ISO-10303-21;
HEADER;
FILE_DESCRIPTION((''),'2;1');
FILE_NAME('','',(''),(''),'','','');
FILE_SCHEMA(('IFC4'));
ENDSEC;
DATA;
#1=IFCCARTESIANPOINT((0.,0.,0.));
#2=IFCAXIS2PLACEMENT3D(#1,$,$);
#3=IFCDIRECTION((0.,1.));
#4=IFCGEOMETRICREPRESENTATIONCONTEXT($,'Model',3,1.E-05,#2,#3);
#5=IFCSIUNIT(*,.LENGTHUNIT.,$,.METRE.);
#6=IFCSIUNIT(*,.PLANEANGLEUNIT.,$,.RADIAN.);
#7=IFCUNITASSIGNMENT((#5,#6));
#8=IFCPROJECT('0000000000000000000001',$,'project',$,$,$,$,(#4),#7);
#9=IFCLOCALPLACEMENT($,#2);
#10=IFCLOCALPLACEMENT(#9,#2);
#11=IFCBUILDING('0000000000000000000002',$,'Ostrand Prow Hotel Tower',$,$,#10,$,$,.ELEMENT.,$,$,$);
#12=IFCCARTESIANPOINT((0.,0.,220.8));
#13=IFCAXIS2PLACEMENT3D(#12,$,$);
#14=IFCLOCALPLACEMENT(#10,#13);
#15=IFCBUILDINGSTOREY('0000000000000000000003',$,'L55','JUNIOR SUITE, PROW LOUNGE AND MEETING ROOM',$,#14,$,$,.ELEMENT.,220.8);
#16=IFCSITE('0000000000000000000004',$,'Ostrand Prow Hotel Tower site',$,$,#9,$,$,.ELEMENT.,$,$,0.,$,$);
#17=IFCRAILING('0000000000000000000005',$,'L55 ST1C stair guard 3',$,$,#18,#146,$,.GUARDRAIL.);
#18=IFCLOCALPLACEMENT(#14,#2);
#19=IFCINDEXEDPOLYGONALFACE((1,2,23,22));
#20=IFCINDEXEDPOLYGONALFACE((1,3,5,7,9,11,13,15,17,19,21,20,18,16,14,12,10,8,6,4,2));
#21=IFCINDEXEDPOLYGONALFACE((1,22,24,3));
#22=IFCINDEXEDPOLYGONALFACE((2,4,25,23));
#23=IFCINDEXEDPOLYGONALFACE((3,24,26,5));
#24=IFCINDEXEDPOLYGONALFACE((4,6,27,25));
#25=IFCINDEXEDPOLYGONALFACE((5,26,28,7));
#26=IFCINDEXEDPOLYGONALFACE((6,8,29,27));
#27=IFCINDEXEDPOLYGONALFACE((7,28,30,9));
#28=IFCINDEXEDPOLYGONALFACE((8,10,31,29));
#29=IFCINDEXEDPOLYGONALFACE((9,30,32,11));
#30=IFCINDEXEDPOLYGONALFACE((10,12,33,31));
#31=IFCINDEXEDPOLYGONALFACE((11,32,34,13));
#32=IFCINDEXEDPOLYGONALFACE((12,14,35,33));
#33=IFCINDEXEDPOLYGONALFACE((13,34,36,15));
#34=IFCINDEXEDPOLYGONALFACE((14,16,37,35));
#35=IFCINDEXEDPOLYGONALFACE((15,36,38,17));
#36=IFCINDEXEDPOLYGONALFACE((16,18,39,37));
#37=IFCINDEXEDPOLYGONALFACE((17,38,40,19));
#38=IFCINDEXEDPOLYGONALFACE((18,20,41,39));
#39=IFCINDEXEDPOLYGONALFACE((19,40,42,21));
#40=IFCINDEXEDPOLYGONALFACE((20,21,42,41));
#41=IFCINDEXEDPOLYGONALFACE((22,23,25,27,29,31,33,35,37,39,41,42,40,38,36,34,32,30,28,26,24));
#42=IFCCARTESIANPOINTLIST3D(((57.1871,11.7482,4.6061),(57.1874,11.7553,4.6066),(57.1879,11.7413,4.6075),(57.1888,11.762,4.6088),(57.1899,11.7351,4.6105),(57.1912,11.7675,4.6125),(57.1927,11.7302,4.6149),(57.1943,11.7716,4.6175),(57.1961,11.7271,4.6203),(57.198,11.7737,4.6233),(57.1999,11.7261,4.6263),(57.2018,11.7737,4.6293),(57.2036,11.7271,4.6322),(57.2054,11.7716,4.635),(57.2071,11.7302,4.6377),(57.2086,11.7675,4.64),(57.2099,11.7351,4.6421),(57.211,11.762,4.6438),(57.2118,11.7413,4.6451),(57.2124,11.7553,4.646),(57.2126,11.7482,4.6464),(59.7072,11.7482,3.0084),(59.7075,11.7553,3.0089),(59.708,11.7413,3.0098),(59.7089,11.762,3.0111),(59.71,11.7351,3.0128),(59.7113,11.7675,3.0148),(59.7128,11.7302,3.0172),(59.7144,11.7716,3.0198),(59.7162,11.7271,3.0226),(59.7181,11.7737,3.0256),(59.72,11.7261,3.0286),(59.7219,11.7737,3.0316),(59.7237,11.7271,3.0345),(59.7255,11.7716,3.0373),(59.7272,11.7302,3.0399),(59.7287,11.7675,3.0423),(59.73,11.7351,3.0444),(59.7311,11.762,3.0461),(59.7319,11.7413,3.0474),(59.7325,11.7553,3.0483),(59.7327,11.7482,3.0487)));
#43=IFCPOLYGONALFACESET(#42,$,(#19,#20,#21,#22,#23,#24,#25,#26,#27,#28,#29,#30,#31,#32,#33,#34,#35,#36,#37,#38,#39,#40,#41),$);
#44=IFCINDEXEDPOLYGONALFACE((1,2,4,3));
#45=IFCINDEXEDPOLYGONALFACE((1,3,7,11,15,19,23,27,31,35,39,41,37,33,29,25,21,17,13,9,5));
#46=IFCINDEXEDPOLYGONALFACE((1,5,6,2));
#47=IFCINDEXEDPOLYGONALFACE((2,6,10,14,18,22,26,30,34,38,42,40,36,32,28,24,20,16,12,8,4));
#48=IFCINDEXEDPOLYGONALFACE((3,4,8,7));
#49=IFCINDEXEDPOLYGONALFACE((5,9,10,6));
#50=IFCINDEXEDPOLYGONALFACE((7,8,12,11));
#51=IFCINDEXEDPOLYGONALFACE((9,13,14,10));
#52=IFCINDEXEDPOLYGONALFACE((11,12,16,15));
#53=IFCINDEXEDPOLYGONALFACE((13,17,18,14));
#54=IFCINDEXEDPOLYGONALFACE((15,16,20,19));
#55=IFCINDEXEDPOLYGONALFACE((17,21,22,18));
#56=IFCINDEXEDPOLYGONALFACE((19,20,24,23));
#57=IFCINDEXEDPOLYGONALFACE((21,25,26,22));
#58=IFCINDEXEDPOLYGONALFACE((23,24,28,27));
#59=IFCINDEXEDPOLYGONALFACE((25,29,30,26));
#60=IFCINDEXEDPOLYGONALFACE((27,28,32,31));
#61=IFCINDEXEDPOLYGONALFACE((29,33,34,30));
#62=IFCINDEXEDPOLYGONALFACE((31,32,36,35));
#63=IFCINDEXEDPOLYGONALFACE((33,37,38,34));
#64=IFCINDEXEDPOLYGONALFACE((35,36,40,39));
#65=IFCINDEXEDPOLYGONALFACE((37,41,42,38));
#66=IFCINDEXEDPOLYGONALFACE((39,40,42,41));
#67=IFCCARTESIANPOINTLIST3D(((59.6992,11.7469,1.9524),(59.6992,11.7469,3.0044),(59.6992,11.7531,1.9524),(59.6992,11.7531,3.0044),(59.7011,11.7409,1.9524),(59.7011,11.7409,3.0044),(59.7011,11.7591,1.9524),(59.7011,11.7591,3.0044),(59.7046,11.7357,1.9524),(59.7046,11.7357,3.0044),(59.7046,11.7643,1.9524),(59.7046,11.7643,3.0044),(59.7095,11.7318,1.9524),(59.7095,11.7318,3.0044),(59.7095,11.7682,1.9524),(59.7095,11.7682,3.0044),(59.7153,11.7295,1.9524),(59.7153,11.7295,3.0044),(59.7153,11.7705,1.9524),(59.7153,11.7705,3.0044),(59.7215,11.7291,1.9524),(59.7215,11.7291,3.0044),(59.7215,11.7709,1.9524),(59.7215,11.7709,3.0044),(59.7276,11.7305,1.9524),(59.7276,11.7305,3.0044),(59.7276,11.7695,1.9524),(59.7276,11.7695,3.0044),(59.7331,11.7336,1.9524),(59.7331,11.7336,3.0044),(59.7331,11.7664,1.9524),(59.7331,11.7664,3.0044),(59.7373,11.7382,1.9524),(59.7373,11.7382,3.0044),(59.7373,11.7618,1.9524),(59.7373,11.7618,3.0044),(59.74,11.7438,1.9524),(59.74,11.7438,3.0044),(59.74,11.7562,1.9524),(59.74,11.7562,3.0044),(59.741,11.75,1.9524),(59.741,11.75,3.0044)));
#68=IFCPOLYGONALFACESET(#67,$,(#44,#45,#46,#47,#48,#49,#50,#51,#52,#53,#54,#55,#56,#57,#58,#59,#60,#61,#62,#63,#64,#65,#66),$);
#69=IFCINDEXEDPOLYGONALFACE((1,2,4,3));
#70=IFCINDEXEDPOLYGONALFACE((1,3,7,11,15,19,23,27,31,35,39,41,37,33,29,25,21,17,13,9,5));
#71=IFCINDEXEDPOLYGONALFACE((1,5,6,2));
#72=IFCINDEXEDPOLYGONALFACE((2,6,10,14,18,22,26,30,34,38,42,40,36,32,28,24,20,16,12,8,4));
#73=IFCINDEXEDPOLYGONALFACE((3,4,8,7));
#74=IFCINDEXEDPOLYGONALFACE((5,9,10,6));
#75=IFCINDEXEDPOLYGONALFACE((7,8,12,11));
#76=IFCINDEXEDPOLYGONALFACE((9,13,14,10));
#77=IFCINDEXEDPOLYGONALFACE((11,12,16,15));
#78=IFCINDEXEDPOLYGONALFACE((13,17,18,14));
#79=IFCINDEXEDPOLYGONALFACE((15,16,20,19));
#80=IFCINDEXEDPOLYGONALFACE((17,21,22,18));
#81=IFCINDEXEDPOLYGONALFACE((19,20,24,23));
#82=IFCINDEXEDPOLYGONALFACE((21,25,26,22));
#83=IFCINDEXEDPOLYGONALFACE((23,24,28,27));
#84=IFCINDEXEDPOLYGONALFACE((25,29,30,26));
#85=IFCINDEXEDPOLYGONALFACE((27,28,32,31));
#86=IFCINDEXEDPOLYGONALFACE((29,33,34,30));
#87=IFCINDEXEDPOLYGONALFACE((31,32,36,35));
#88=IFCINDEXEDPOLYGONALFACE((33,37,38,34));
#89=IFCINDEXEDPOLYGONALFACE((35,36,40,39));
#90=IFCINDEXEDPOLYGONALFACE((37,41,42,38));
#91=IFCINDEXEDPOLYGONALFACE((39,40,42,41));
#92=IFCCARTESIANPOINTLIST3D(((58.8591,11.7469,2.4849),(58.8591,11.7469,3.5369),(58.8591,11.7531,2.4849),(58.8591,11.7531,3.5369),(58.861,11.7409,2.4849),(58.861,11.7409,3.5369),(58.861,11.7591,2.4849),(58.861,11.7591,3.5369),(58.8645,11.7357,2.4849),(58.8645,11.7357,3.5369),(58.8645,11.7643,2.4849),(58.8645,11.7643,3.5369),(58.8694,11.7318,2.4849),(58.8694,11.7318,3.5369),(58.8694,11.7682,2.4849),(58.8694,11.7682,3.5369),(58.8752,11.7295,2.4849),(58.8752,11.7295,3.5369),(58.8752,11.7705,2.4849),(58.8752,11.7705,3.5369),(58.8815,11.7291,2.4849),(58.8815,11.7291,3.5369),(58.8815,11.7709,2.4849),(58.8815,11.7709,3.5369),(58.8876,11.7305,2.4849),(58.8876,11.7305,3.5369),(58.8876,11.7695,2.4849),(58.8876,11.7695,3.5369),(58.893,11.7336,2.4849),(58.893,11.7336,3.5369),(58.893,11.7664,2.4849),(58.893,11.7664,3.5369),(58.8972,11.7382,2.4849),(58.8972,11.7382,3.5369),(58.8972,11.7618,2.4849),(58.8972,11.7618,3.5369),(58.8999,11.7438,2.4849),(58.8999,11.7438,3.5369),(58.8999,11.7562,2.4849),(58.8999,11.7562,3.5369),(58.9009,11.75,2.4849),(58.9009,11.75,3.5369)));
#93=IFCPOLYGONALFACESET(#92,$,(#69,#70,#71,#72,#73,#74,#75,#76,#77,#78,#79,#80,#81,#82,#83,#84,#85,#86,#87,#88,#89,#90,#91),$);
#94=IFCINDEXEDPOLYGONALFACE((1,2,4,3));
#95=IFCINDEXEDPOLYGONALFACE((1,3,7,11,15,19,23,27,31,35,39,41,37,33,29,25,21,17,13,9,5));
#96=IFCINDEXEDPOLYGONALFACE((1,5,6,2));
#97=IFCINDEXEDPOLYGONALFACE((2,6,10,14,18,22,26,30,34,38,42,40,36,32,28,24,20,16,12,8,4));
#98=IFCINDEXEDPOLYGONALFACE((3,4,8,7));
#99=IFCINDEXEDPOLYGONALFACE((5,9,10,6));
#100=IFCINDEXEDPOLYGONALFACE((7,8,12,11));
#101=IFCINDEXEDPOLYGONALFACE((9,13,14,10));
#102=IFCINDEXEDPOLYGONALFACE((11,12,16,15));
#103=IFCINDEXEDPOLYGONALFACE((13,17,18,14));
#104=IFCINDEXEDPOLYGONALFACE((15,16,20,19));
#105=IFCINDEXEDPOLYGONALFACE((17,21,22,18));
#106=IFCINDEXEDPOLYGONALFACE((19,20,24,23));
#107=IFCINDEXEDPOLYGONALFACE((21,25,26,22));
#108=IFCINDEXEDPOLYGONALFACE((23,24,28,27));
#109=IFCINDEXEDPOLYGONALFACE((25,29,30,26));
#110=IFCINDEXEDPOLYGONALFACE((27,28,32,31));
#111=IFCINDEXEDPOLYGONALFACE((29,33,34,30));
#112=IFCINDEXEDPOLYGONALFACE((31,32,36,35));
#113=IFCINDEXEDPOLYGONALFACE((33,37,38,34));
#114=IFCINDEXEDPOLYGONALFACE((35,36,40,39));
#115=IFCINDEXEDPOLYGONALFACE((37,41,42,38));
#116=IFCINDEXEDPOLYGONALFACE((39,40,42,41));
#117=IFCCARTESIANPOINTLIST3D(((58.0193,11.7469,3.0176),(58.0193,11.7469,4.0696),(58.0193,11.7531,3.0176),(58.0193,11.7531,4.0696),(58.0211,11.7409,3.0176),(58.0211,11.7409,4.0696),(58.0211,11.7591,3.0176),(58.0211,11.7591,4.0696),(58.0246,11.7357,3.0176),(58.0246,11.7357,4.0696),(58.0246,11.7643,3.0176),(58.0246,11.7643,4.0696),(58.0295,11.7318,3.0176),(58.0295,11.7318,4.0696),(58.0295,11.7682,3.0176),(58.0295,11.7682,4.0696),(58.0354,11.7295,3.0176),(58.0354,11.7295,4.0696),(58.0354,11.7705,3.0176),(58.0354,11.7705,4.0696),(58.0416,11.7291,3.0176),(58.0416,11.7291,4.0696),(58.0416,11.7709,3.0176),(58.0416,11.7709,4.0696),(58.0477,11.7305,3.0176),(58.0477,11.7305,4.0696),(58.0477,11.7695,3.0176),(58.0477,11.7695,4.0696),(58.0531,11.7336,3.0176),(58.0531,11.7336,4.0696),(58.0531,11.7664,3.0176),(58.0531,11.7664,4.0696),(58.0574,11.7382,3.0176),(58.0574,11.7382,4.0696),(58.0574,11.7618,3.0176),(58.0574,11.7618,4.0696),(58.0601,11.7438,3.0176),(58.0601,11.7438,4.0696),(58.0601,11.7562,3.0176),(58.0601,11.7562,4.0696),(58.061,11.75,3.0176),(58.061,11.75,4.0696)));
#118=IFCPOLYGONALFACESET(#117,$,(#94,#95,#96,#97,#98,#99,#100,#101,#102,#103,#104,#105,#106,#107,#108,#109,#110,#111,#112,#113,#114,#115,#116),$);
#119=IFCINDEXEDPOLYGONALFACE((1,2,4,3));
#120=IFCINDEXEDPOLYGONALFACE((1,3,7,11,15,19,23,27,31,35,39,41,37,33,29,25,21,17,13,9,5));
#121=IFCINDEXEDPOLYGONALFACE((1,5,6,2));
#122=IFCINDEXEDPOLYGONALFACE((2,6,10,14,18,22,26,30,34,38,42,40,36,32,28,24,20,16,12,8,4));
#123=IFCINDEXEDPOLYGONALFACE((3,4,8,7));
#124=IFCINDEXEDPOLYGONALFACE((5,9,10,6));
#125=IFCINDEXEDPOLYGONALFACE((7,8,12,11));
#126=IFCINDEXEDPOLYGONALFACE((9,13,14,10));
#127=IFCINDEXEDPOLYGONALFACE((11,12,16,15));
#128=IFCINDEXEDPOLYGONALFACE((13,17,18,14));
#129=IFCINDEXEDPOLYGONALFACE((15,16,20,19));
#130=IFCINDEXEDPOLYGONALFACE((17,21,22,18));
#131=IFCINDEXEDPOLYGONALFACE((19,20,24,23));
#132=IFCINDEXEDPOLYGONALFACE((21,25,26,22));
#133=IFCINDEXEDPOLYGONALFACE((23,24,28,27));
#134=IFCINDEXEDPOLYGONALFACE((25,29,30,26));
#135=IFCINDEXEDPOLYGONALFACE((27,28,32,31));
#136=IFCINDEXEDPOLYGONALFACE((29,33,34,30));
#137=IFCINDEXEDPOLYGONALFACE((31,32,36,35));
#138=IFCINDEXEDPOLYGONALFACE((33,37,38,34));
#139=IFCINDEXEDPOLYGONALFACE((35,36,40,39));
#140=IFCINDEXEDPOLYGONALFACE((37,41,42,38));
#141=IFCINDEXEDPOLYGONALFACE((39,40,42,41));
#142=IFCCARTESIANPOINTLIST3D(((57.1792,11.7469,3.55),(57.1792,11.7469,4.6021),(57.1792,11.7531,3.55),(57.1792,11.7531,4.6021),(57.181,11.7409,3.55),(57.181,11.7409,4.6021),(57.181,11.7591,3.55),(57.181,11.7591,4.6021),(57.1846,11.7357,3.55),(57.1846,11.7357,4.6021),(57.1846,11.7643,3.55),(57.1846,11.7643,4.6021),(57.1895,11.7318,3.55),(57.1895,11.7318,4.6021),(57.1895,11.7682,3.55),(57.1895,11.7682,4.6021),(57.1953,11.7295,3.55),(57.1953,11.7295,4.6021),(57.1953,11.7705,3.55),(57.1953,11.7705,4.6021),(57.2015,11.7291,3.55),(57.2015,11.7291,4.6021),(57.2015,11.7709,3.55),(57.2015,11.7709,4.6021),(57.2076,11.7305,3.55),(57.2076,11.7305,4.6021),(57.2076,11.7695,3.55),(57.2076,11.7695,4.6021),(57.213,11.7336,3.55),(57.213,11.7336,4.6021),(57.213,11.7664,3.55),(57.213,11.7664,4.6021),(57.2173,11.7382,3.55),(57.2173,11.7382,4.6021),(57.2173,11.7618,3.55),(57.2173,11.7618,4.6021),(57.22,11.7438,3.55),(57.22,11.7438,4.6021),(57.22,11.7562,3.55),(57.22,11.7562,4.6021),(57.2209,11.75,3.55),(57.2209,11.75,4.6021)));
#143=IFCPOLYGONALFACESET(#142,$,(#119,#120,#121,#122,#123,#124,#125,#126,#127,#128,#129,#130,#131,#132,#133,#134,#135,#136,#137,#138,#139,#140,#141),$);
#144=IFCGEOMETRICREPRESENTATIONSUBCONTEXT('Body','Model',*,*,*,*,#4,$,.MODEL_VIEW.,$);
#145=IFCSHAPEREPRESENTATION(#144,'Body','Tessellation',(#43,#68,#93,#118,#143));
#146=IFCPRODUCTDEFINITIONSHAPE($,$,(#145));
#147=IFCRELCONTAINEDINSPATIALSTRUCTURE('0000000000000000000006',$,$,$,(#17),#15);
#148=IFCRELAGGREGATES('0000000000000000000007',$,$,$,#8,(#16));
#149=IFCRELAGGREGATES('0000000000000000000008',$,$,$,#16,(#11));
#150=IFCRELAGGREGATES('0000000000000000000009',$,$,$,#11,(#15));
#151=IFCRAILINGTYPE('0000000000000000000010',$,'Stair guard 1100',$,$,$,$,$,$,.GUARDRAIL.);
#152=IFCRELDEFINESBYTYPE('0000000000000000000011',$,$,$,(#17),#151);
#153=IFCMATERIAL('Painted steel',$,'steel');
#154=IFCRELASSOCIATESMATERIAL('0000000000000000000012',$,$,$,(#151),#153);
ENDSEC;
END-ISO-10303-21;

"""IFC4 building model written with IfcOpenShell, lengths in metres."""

from ifc_helpers import new_model, si_unit, direction, frame, origin, origin_2d, place, context, subcontext, project, spatial, circle, extrude, material, type_object, element, save


model = new_model("IFC4")

# Units and contexts
model_context = context("Model", 3, precision=1e-05, world=origin(), true_north=direction((0.0, 1.0)))
body_context = subcontext(model_context, "Body", "Model", "MODEL_VIEW")
ifc_project = project(units=[si_unit("LENGTHUNIT", "METRE"), si_unit("PLANEANGLEUNIT", "RADIAN")], contexts=[model_context])

# Site, building, storey
site_placement = place(None, origin())
site = spatial("IfcSite", under=ifc_project, at=site_placement, Name="Ostrand Prow Hotel Tower site", CompositionType="ELEMENT", RefElevation=0.0)
building_placement = place(site_placement, origin())
building = spatial("IfcBuilding", under=site, at=building_placement, Name="Ostrand Prow Hotel Tower", CompositionType="ELEMENT")
storey_placement = place(building_placement, frame((0.0, 0.0, 220.8)))
storey = spatial("IfcBuildingStorey", under=building, at=storey_placement, Name="L55", Description="JUNIOR SUITE, PROW LOUNGE AND MEETING ROOM", CompositionType="ELEMENT", Elevation=220.8)

# Railing
ifc_material_1 = material(Name="Painted steel", Category="steel")
railing_type_1 = type_object("IfcRailingType", Name="Stair guard 1100", PredefinedType="GUARDRAIL", material=ifc_material_1)
railing_1_placement = place(storey_placement, frame((59.72, 11.75, 1.9524)))
element("IfcRailing", 1, at=railing_1_placement, inside=storey, type_object=railing_type_1, Name="L55 ST1C stair guard 3", PredefinedType="GUARDRAIL", context=body_context, shape_type="SweptSolid", body=[
    extrude(circle(Radius=0.0239, at=origin_2d()), frame((0.0, 0.0, 1.0762), z_axis=(-0.84457, 0.0, 0.535445), x_axis=(0.0, -1.0, 0.0)), (0.0, 0.0, 1.0), 2.9839),
    extrude(circle(Radius=0.021, at=origin_2d()), origin(), (0.0, 0.0, 1.0), 1.052),
    extrude(circle(Radius=0.021, at=origin_2d()), frame((-0.8401, 0.0, 0.5325)), (0.0, 0.0, 1.0), 1.052),
    extrude(circle(Radius=0.021, at=origin_2d()), frame((-1.6799, 0.0, 1.0652)), (0.0, 0.0, 1.0), 1.052),
    extrude(circle(Radius=0.021, at=origin_2d()), frame((-2.52, 0.0, 1.5977)), (0.0, 0.0, 1.0), 1.052),
])

save(model, "model.ifc")
